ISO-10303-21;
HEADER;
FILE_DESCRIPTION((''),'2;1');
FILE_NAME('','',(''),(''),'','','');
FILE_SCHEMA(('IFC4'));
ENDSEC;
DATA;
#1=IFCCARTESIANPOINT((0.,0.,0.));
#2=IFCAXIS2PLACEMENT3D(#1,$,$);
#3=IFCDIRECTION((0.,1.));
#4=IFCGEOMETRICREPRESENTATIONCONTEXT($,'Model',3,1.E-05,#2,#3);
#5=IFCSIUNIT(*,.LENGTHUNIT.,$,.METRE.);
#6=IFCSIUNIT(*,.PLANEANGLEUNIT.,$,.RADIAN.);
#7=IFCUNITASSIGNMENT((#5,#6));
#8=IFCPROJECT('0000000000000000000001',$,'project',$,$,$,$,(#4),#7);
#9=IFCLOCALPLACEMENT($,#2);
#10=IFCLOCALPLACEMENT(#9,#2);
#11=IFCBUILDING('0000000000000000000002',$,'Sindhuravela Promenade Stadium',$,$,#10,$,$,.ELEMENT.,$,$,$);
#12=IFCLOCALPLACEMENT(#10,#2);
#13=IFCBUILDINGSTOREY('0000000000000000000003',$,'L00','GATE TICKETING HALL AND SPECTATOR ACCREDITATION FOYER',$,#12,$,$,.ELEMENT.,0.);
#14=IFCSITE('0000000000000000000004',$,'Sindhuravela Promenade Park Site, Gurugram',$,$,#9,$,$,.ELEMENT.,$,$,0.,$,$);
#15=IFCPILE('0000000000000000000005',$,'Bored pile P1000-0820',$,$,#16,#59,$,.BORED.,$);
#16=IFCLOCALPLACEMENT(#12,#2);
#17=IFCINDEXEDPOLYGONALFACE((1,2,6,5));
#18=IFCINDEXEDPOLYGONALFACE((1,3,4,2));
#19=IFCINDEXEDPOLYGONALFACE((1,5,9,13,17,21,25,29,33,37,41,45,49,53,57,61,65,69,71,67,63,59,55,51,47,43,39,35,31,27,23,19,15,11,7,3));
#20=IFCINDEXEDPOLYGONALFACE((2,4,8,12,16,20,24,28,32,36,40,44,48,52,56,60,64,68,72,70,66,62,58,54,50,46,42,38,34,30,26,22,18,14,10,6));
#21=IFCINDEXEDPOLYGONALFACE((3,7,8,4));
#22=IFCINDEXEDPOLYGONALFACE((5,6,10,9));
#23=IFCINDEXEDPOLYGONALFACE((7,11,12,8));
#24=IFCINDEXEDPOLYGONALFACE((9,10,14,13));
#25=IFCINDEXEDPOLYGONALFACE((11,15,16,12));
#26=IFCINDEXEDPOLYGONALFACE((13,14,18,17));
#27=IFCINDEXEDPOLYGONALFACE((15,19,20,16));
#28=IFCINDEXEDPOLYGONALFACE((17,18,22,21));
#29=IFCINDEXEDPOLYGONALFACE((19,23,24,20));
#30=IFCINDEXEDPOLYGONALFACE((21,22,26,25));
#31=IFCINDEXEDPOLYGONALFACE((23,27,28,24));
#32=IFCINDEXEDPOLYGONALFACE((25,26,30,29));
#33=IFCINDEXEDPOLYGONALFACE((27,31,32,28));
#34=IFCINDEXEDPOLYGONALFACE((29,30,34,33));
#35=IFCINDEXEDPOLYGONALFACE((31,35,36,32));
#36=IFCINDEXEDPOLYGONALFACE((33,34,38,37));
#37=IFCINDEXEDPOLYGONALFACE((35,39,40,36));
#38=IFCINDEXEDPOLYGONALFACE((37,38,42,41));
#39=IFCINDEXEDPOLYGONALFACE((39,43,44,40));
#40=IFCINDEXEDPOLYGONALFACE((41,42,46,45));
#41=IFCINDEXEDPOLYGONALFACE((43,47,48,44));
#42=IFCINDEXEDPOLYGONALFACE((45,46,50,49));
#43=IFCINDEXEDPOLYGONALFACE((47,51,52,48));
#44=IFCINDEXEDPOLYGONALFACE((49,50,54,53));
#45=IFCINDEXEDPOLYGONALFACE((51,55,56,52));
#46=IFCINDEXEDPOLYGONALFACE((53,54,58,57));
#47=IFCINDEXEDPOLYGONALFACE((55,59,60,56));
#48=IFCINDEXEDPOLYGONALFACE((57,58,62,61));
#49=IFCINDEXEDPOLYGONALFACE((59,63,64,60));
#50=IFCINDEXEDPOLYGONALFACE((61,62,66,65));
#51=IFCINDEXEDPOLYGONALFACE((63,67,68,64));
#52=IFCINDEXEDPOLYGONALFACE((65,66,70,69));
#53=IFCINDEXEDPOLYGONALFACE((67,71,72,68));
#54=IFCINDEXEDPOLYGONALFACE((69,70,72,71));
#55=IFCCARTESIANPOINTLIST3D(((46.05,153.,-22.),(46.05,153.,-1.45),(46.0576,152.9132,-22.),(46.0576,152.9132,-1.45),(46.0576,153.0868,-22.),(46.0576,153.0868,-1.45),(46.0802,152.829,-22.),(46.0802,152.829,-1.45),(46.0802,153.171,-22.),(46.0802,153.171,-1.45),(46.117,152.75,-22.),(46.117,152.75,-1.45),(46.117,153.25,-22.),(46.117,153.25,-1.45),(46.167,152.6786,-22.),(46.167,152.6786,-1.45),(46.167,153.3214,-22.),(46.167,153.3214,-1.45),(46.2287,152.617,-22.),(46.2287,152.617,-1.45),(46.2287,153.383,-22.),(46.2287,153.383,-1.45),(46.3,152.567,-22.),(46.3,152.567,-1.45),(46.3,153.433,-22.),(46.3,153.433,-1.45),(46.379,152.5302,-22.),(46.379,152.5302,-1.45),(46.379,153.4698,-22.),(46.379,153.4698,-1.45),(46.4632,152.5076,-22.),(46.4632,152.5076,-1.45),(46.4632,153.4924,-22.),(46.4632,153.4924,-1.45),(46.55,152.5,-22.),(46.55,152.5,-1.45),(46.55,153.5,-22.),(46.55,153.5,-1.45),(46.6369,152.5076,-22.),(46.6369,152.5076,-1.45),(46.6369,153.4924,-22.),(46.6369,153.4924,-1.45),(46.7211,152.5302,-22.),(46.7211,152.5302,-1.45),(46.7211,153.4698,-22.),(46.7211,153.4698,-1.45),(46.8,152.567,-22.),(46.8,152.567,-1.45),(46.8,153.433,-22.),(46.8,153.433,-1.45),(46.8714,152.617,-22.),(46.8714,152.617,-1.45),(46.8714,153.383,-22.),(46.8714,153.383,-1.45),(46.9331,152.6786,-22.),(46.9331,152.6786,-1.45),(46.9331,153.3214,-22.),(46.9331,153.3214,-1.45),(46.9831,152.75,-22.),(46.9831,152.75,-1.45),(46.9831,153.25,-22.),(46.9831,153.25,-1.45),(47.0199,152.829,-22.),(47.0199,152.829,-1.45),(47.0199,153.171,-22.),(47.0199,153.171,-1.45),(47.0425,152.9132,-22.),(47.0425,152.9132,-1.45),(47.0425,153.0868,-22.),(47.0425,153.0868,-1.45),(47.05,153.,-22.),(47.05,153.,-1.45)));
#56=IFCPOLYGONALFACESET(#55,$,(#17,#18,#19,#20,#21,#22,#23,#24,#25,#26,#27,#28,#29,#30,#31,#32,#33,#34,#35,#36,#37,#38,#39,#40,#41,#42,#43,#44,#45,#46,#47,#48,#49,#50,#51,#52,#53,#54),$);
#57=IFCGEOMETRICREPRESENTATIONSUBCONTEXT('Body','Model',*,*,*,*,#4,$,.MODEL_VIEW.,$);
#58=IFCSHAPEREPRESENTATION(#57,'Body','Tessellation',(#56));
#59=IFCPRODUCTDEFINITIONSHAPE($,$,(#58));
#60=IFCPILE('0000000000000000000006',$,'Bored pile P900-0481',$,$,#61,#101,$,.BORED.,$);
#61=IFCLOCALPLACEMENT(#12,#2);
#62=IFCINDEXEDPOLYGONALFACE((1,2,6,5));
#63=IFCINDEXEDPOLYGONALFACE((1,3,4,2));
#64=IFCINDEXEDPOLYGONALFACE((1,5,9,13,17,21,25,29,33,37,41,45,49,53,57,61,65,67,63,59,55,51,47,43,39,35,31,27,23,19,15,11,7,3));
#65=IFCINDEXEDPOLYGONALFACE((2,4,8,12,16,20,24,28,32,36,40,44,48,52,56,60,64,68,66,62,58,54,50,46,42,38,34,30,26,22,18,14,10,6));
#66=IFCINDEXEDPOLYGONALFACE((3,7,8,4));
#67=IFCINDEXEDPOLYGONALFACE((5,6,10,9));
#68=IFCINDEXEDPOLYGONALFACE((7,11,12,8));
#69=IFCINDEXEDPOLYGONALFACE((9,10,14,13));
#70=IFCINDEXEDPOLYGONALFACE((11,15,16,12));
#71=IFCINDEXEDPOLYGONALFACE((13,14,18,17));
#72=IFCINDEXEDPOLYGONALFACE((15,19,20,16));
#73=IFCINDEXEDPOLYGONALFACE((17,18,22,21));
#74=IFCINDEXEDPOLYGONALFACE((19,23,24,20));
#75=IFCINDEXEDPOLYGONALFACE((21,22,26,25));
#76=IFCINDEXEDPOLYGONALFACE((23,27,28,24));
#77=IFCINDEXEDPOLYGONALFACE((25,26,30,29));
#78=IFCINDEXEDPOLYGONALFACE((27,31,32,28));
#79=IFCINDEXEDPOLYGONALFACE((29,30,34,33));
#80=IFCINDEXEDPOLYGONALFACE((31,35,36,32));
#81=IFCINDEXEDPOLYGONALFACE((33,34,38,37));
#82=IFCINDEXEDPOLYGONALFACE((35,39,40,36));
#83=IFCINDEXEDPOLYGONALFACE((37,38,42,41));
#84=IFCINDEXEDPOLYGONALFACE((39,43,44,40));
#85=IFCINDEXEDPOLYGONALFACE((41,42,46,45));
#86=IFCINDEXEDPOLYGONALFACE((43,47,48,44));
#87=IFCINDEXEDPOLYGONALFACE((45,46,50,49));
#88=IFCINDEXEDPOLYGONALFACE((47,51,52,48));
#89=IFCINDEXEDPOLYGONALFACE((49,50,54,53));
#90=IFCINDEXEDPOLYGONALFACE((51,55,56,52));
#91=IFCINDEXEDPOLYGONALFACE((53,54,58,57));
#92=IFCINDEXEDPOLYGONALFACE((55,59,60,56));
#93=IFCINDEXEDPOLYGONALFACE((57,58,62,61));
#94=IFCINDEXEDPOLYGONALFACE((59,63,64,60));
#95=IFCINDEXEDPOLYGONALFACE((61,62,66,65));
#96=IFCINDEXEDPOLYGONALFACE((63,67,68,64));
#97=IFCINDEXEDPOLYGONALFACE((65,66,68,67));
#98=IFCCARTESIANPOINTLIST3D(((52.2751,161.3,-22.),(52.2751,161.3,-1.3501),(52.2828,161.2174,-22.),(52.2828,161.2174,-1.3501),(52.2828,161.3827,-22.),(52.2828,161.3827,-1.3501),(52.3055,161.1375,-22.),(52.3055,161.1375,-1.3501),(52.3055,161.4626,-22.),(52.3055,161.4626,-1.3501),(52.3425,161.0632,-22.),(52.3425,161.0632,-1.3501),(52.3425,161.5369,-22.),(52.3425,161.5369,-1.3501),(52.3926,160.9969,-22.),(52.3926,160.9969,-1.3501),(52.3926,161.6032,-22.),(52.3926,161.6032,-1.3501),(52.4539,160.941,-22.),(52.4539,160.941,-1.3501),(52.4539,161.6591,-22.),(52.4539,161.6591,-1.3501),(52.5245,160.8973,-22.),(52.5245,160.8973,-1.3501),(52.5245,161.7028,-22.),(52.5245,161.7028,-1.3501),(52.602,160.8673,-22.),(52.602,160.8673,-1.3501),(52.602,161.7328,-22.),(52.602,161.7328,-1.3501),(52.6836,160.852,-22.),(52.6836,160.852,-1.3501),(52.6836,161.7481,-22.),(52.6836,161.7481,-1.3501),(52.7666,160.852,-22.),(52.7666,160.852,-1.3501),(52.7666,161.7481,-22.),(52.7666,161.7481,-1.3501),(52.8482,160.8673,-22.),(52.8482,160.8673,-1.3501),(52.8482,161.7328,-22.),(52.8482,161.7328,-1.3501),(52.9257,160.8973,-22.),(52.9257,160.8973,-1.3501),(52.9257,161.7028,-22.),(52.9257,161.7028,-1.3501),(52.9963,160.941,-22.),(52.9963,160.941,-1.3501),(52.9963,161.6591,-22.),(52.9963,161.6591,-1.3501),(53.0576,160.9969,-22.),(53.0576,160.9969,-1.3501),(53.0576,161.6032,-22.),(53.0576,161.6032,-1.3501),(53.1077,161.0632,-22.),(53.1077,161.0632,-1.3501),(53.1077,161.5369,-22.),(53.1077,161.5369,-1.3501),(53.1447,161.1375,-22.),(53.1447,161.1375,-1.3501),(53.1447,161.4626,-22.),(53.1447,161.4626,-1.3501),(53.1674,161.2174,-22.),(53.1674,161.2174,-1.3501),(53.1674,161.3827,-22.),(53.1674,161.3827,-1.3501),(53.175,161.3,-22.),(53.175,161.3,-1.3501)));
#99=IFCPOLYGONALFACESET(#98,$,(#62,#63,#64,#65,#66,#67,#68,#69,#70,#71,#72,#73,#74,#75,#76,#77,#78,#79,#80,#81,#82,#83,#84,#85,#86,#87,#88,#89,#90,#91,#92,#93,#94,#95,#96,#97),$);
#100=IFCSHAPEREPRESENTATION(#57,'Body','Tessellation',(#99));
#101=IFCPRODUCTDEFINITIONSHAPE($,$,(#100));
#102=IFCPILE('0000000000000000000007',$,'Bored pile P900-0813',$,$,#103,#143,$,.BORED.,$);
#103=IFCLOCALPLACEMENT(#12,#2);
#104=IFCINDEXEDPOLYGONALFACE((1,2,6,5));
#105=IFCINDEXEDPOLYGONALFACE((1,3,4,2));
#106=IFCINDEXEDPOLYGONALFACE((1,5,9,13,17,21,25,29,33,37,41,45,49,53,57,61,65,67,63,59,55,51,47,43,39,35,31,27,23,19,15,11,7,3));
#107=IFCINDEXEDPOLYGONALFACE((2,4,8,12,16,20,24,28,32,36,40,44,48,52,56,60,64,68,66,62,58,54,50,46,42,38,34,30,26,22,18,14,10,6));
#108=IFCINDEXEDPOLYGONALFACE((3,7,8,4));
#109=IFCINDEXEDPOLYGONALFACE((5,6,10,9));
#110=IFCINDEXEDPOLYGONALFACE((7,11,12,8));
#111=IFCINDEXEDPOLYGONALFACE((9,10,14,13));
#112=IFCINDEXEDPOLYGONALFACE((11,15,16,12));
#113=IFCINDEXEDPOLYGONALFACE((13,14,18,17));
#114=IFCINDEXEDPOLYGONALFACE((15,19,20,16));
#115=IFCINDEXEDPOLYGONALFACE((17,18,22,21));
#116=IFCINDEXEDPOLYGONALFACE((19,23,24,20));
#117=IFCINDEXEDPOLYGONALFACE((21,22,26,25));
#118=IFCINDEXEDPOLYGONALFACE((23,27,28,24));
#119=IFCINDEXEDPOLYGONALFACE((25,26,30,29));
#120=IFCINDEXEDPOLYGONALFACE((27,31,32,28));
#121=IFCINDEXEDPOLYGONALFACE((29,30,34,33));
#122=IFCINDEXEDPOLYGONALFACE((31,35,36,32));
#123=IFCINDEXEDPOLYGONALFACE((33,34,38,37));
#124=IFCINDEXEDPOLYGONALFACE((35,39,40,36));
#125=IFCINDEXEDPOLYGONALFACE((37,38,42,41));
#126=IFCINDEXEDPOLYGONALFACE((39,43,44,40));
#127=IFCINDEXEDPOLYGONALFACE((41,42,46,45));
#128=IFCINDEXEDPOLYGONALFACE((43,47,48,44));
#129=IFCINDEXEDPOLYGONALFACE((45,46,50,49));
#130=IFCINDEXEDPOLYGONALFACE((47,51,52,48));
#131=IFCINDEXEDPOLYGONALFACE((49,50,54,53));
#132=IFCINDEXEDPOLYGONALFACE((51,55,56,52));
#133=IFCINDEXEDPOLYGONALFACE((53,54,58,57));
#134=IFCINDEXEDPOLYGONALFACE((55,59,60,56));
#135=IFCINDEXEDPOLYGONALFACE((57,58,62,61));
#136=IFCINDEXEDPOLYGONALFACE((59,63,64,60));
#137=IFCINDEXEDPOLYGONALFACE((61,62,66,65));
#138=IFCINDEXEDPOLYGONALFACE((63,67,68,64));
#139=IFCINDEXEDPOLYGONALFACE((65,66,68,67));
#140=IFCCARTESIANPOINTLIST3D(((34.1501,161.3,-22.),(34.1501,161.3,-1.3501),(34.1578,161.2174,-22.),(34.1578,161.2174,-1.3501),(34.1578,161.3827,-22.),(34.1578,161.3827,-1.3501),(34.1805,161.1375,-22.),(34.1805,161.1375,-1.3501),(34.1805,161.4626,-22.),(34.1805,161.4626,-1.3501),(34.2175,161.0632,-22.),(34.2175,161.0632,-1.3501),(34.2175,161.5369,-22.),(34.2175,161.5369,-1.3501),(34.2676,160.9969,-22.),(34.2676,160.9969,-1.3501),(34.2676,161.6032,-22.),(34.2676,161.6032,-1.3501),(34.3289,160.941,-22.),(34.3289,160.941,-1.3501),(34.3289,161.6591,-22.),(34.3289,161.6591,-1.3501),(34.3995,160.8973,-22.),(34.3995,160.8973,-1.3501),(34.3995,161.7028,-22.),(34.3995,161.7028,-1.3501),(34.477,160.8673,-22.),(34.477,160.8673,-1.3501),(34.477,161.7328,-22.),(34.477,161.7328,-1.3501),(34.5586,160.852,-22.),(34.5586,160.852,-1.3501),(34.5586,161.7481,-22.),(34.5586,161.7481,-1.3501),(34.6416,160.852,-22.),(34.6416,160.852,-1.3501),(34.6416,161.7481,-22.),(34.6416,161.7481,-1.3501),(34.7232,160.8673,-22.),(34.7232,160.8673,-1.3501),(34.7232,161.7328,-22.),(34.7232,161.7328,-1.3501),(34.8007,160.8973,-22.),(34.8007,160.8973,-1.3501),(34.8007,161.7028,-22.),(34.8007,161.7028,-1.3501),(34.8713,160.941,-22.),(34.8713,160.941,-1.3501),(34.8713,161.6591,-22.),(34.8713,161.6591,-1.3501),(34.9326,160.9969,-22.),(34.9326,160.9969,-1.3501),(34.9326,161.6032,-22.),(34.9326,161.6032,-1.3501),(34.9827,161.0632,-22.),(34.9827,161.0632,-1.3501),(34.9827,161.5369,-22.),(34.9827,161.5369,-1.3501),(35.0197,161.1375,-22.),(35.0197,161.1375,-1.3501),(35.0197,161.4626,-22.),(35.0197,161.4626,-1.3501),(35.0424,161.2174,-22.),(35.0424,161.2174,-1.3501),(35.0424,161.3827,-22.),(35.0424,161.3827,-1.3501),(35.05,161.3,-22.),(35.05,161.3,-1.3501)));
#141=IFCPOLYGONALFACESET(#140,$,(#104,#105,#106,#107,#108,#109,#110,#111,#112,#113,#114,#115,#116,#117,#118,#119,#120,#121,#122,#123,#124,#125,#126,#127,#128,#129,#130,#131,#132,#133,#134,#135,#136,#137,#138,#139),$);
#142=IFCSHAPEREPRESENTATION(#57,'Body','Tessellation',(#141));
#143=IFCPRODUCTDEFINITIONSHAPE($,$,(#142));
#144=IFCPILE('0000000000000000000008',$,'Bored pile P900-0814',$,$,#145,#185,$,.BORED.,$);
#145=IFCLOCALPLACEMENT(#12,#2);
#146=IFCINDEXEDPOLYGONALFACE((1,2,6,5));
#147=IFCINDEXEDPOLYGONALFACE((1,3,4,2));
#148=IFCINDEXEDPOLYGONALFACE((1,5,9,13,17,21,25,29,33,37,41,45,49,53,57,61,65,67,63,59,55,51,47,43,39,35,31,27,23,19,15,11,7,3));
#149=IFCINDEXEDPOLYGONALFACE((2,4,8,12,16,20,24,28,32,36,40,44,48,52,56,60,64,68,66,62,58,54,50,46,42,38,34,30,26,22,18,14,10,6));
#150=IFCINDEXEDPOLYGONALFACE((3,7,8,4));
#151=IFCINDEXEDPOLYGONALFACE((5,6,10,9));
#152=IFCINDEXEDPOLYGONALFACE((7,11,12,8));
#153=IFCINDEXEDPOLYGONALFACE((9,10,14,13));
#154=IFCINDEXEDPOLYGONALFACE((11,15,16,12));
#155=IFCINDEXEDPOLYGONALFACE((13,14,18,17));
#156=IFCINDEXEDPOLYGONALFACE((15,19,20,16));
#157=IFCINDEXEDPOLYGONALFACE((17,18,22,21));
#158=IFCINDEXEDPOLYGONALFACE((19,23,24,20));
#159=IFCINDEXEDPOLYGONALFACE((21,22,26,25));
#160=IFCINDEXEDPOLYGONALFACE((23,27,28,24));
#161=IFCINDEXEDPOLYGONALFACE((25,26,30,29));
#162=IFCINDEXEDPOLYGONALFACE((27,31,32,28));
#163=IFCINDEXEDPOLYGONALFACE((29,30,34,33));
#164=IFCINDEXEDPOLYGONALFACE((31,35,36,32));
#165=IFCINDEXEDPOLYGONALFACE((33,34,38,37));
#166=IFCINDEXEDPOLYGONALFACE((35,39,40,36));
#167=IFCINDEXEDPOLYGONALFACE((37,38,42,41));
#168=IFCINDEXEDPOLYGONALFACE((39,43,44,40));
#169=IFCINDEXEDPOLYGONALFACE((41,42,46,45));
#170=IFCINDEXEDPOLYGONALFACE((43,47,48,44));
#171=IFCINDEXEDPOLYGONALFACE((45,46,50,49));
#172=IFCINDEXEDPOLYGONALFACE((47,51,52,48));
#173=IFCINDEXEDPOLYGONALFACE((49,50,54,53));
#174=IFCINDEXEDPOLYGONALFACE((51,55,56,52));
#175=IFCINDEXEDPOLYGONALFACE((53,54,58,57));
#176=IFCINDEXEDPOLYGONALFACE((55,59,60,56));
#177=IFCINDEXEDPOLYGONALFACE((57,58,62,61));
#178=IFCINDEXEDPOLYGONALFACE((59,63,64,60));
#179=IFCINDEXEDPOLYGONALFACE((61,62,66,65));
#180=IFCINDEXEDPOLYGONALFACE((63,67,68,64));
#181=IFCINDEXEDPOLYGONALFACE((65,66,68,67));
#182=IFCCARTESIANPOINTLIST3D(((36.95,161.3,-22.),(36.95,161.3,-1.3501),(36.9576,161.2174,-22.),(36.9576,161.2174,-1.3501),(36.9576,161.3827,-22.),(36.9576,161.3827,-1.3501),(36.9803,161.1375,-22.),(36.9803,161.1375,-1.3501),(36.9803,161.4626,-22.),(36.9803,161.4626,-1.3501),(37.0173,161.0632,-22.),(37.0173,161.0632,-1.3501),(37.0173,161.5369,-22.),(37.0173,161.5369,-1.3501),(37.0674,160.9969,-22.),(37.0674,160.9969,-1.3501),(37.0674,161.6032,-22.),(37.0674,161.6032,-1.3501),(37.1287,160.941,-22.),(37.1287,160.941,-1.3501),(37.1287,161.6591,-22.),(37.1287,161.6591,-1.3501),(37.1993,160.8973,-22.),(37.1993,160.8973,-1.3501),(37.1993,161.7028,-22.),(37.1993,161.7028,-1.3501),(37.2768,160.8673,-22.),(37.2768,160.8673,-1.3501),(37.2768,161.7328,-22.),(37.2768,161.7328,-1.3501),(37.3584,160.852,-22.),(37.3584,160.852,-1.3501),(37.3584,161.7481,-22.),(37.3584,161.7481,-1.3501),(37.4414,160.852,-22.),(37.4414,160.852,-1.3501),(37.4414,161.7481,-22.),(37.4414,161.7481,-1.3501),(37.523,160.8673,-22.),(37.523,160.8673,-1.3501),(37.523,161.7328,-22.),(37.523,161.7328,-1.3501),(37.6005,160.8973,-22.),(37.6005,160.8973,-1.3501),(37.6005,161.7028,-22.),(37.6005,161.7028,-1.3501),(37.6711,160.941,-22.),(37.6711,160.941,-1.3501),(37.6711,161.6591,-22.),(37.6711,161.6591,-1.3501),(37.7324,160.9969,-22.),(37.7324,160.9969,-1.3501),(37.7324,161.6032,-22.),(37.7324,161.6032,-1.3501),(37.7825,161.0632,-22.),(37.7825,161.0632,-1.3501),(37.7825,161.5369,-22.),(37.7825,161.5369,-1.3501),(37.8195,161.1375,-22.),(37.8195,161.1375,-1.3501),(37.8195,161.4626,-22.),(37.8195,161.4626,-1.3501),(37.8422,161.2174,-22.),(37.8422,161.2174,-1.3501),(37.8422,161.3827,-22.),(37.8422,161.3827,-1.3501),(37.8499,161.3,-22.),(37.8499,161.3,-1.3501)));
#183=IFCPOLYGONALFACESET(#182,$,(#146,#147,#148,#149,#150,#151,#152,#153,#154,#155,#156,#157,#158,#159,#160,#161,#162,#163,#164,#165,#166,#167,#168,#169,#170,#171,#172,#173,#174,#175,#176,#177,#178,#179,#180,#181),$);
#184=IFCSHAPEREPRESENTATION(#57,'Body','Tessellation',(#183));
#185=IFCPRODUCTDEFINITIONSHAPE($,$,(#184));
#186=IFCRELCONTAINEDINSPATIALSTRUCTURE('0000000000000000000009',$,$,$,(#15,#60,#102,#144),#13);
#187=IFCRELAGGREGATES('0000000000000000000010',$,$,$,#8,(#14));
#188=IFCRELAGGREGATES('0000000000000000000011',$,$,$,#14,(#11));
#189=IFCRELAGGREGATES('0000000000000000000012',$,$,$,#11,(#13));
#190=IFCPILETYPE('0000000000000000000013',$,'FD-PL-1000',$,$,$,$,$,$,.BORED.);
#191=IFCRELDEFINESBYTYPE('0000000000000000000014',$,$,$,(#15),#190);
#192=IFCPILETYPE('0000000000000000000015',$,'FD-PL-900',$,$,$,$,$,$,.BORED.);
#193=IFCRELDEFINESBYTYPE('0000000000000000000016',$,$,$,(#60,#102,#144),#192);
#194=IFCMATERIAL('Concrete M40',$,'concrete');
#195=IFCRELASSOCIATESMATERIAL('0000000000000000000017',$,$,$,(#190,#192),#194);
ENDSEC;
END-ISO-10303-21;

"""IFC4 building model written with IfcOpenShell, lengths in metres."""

from ifc_helpers import new_model, si_unit, direction, frame, origin, origin_2d, place, context, subcontext, project, spatial, circle, extrude, material, material_profile, profile_set, type_object, element, save


model = new_model("IFC4")

# Units and contexts
model_context = context("Model", 3, precision=1e-05, world=origin(), true_north=direction((0.0, 1.0)))
body_context = subcontext(model_context, "Body", "Model", "MODEL_VIEW")
ifc_project = project(units=[si_unit("LENGTHUNIT", "METRE"), si_unit("PLANEANGLEUNIT", "RADIAN")], contexts=[model_context])

# Site, building, storey
site_placement = place(None, origin())
site = spatial("IfcSite", under=ifc_project, at=site_placement, Name="Sindhuravela Promenade Park Site, Gurugram", CompositionType="ELEMENT", RefElevation=0.0)
building_placement = place(site_placement, origin())
building = spatial("IfcBuilding", under=site, at=building_placement, Name="Sindhuravela Promenade Stadium", CompositionType="ELEMENT")
storey_placement = place(building_placement, origin())
storey = spatial("IfcBuildingStorey", under=building, at=storey_placement, Name="L00", Description="GATE TICKETING HALL AND SPECTATOR ACCREDITATION FOYER", CompositionType="ELEMENT", Elevation=0.0)

# Piles
ifc_material_1 = material(Name="Concrete M40", Category="concrete")
ifc_material_profile_1 = material_profile(ifc_material_1, circle(Radius=0.5, at=origin_2d()), Name="BORED PILE D1000")
ifc_profile_set_1 = profile_set([ifc_material_profile_1], Name="Concrete M40")
pile_type_1 = type_object("IfcPileType", Name="FD-PL-1000", PredefinedType="BORED", material=ifc_profile_set_1)
for number, where, z_axis, x_axis, name in (
    (1, (46.55, 153.0, -1.45), (0.0, 0.0, -1.0), (1.0, 0.0, 0.0), "Bored pile P1000-0820"),
):
    element("IfcPile", number, at=place(storey_placement, frame(where, z_axis=z_axis, x_axis=x_axis)), inside=storey, type_object=pile_type_1, Name=name, PredefinedType="BORED", context=body_context, shape_type="SweptSolid", body=[
        extrude(circle(Radius=0.5, at=origin_2d()), origin(), (0.0, 0.0, 1.0), 20.55),
    ])
ifc_material_profile_2 = material_profile(ifc_material_1, circle(Radius=0.45, at=origin_2d()), Name="BORED PILE D900")
ifc_profile_set_2 = profile_set([ifc_material_profile_2], Name="Concrete M40")
pile_type_2 = type_object("IfcPileType", Name="FD-PL-900", PredefinedType="BORED", material=ifc_profile_set_2)
for number, where, z_axis, x_axis, name in (
    (2, (52.7251, 161.3, -1.3501), (0.0, 0.0, -1.0), (1.0, 0.0, 0.0), "Bored pile P900-0481"),
    (3, (34.6001, 161.3, -1.3501), (0.0, 0.0, -1.0), (1.0, 0.0, 0.0), "Bored pile P900-0813"),
    (4, (37.3999, 161.3, -1.3501), (0.0, 0.0, -1.0), (1.0, 0.0, 0.0), "Bored pile P900-0814"),
):
    element("IfcPile", number, at=place(storey_placement, frame(where, z_axis=z_axis, x_axis=x_axis)), inside=storey, type_object=pile_type_2, Name=name, PredefinedType="BORED", context=body_context, shape_type="SweptSolid", body=[
        extrude(circle(Radius=0.45, at=origin_2d()), origin(), (0.0, 0.0, 1.0), 20.6499),
    ])

save(model, "model.ifc")
